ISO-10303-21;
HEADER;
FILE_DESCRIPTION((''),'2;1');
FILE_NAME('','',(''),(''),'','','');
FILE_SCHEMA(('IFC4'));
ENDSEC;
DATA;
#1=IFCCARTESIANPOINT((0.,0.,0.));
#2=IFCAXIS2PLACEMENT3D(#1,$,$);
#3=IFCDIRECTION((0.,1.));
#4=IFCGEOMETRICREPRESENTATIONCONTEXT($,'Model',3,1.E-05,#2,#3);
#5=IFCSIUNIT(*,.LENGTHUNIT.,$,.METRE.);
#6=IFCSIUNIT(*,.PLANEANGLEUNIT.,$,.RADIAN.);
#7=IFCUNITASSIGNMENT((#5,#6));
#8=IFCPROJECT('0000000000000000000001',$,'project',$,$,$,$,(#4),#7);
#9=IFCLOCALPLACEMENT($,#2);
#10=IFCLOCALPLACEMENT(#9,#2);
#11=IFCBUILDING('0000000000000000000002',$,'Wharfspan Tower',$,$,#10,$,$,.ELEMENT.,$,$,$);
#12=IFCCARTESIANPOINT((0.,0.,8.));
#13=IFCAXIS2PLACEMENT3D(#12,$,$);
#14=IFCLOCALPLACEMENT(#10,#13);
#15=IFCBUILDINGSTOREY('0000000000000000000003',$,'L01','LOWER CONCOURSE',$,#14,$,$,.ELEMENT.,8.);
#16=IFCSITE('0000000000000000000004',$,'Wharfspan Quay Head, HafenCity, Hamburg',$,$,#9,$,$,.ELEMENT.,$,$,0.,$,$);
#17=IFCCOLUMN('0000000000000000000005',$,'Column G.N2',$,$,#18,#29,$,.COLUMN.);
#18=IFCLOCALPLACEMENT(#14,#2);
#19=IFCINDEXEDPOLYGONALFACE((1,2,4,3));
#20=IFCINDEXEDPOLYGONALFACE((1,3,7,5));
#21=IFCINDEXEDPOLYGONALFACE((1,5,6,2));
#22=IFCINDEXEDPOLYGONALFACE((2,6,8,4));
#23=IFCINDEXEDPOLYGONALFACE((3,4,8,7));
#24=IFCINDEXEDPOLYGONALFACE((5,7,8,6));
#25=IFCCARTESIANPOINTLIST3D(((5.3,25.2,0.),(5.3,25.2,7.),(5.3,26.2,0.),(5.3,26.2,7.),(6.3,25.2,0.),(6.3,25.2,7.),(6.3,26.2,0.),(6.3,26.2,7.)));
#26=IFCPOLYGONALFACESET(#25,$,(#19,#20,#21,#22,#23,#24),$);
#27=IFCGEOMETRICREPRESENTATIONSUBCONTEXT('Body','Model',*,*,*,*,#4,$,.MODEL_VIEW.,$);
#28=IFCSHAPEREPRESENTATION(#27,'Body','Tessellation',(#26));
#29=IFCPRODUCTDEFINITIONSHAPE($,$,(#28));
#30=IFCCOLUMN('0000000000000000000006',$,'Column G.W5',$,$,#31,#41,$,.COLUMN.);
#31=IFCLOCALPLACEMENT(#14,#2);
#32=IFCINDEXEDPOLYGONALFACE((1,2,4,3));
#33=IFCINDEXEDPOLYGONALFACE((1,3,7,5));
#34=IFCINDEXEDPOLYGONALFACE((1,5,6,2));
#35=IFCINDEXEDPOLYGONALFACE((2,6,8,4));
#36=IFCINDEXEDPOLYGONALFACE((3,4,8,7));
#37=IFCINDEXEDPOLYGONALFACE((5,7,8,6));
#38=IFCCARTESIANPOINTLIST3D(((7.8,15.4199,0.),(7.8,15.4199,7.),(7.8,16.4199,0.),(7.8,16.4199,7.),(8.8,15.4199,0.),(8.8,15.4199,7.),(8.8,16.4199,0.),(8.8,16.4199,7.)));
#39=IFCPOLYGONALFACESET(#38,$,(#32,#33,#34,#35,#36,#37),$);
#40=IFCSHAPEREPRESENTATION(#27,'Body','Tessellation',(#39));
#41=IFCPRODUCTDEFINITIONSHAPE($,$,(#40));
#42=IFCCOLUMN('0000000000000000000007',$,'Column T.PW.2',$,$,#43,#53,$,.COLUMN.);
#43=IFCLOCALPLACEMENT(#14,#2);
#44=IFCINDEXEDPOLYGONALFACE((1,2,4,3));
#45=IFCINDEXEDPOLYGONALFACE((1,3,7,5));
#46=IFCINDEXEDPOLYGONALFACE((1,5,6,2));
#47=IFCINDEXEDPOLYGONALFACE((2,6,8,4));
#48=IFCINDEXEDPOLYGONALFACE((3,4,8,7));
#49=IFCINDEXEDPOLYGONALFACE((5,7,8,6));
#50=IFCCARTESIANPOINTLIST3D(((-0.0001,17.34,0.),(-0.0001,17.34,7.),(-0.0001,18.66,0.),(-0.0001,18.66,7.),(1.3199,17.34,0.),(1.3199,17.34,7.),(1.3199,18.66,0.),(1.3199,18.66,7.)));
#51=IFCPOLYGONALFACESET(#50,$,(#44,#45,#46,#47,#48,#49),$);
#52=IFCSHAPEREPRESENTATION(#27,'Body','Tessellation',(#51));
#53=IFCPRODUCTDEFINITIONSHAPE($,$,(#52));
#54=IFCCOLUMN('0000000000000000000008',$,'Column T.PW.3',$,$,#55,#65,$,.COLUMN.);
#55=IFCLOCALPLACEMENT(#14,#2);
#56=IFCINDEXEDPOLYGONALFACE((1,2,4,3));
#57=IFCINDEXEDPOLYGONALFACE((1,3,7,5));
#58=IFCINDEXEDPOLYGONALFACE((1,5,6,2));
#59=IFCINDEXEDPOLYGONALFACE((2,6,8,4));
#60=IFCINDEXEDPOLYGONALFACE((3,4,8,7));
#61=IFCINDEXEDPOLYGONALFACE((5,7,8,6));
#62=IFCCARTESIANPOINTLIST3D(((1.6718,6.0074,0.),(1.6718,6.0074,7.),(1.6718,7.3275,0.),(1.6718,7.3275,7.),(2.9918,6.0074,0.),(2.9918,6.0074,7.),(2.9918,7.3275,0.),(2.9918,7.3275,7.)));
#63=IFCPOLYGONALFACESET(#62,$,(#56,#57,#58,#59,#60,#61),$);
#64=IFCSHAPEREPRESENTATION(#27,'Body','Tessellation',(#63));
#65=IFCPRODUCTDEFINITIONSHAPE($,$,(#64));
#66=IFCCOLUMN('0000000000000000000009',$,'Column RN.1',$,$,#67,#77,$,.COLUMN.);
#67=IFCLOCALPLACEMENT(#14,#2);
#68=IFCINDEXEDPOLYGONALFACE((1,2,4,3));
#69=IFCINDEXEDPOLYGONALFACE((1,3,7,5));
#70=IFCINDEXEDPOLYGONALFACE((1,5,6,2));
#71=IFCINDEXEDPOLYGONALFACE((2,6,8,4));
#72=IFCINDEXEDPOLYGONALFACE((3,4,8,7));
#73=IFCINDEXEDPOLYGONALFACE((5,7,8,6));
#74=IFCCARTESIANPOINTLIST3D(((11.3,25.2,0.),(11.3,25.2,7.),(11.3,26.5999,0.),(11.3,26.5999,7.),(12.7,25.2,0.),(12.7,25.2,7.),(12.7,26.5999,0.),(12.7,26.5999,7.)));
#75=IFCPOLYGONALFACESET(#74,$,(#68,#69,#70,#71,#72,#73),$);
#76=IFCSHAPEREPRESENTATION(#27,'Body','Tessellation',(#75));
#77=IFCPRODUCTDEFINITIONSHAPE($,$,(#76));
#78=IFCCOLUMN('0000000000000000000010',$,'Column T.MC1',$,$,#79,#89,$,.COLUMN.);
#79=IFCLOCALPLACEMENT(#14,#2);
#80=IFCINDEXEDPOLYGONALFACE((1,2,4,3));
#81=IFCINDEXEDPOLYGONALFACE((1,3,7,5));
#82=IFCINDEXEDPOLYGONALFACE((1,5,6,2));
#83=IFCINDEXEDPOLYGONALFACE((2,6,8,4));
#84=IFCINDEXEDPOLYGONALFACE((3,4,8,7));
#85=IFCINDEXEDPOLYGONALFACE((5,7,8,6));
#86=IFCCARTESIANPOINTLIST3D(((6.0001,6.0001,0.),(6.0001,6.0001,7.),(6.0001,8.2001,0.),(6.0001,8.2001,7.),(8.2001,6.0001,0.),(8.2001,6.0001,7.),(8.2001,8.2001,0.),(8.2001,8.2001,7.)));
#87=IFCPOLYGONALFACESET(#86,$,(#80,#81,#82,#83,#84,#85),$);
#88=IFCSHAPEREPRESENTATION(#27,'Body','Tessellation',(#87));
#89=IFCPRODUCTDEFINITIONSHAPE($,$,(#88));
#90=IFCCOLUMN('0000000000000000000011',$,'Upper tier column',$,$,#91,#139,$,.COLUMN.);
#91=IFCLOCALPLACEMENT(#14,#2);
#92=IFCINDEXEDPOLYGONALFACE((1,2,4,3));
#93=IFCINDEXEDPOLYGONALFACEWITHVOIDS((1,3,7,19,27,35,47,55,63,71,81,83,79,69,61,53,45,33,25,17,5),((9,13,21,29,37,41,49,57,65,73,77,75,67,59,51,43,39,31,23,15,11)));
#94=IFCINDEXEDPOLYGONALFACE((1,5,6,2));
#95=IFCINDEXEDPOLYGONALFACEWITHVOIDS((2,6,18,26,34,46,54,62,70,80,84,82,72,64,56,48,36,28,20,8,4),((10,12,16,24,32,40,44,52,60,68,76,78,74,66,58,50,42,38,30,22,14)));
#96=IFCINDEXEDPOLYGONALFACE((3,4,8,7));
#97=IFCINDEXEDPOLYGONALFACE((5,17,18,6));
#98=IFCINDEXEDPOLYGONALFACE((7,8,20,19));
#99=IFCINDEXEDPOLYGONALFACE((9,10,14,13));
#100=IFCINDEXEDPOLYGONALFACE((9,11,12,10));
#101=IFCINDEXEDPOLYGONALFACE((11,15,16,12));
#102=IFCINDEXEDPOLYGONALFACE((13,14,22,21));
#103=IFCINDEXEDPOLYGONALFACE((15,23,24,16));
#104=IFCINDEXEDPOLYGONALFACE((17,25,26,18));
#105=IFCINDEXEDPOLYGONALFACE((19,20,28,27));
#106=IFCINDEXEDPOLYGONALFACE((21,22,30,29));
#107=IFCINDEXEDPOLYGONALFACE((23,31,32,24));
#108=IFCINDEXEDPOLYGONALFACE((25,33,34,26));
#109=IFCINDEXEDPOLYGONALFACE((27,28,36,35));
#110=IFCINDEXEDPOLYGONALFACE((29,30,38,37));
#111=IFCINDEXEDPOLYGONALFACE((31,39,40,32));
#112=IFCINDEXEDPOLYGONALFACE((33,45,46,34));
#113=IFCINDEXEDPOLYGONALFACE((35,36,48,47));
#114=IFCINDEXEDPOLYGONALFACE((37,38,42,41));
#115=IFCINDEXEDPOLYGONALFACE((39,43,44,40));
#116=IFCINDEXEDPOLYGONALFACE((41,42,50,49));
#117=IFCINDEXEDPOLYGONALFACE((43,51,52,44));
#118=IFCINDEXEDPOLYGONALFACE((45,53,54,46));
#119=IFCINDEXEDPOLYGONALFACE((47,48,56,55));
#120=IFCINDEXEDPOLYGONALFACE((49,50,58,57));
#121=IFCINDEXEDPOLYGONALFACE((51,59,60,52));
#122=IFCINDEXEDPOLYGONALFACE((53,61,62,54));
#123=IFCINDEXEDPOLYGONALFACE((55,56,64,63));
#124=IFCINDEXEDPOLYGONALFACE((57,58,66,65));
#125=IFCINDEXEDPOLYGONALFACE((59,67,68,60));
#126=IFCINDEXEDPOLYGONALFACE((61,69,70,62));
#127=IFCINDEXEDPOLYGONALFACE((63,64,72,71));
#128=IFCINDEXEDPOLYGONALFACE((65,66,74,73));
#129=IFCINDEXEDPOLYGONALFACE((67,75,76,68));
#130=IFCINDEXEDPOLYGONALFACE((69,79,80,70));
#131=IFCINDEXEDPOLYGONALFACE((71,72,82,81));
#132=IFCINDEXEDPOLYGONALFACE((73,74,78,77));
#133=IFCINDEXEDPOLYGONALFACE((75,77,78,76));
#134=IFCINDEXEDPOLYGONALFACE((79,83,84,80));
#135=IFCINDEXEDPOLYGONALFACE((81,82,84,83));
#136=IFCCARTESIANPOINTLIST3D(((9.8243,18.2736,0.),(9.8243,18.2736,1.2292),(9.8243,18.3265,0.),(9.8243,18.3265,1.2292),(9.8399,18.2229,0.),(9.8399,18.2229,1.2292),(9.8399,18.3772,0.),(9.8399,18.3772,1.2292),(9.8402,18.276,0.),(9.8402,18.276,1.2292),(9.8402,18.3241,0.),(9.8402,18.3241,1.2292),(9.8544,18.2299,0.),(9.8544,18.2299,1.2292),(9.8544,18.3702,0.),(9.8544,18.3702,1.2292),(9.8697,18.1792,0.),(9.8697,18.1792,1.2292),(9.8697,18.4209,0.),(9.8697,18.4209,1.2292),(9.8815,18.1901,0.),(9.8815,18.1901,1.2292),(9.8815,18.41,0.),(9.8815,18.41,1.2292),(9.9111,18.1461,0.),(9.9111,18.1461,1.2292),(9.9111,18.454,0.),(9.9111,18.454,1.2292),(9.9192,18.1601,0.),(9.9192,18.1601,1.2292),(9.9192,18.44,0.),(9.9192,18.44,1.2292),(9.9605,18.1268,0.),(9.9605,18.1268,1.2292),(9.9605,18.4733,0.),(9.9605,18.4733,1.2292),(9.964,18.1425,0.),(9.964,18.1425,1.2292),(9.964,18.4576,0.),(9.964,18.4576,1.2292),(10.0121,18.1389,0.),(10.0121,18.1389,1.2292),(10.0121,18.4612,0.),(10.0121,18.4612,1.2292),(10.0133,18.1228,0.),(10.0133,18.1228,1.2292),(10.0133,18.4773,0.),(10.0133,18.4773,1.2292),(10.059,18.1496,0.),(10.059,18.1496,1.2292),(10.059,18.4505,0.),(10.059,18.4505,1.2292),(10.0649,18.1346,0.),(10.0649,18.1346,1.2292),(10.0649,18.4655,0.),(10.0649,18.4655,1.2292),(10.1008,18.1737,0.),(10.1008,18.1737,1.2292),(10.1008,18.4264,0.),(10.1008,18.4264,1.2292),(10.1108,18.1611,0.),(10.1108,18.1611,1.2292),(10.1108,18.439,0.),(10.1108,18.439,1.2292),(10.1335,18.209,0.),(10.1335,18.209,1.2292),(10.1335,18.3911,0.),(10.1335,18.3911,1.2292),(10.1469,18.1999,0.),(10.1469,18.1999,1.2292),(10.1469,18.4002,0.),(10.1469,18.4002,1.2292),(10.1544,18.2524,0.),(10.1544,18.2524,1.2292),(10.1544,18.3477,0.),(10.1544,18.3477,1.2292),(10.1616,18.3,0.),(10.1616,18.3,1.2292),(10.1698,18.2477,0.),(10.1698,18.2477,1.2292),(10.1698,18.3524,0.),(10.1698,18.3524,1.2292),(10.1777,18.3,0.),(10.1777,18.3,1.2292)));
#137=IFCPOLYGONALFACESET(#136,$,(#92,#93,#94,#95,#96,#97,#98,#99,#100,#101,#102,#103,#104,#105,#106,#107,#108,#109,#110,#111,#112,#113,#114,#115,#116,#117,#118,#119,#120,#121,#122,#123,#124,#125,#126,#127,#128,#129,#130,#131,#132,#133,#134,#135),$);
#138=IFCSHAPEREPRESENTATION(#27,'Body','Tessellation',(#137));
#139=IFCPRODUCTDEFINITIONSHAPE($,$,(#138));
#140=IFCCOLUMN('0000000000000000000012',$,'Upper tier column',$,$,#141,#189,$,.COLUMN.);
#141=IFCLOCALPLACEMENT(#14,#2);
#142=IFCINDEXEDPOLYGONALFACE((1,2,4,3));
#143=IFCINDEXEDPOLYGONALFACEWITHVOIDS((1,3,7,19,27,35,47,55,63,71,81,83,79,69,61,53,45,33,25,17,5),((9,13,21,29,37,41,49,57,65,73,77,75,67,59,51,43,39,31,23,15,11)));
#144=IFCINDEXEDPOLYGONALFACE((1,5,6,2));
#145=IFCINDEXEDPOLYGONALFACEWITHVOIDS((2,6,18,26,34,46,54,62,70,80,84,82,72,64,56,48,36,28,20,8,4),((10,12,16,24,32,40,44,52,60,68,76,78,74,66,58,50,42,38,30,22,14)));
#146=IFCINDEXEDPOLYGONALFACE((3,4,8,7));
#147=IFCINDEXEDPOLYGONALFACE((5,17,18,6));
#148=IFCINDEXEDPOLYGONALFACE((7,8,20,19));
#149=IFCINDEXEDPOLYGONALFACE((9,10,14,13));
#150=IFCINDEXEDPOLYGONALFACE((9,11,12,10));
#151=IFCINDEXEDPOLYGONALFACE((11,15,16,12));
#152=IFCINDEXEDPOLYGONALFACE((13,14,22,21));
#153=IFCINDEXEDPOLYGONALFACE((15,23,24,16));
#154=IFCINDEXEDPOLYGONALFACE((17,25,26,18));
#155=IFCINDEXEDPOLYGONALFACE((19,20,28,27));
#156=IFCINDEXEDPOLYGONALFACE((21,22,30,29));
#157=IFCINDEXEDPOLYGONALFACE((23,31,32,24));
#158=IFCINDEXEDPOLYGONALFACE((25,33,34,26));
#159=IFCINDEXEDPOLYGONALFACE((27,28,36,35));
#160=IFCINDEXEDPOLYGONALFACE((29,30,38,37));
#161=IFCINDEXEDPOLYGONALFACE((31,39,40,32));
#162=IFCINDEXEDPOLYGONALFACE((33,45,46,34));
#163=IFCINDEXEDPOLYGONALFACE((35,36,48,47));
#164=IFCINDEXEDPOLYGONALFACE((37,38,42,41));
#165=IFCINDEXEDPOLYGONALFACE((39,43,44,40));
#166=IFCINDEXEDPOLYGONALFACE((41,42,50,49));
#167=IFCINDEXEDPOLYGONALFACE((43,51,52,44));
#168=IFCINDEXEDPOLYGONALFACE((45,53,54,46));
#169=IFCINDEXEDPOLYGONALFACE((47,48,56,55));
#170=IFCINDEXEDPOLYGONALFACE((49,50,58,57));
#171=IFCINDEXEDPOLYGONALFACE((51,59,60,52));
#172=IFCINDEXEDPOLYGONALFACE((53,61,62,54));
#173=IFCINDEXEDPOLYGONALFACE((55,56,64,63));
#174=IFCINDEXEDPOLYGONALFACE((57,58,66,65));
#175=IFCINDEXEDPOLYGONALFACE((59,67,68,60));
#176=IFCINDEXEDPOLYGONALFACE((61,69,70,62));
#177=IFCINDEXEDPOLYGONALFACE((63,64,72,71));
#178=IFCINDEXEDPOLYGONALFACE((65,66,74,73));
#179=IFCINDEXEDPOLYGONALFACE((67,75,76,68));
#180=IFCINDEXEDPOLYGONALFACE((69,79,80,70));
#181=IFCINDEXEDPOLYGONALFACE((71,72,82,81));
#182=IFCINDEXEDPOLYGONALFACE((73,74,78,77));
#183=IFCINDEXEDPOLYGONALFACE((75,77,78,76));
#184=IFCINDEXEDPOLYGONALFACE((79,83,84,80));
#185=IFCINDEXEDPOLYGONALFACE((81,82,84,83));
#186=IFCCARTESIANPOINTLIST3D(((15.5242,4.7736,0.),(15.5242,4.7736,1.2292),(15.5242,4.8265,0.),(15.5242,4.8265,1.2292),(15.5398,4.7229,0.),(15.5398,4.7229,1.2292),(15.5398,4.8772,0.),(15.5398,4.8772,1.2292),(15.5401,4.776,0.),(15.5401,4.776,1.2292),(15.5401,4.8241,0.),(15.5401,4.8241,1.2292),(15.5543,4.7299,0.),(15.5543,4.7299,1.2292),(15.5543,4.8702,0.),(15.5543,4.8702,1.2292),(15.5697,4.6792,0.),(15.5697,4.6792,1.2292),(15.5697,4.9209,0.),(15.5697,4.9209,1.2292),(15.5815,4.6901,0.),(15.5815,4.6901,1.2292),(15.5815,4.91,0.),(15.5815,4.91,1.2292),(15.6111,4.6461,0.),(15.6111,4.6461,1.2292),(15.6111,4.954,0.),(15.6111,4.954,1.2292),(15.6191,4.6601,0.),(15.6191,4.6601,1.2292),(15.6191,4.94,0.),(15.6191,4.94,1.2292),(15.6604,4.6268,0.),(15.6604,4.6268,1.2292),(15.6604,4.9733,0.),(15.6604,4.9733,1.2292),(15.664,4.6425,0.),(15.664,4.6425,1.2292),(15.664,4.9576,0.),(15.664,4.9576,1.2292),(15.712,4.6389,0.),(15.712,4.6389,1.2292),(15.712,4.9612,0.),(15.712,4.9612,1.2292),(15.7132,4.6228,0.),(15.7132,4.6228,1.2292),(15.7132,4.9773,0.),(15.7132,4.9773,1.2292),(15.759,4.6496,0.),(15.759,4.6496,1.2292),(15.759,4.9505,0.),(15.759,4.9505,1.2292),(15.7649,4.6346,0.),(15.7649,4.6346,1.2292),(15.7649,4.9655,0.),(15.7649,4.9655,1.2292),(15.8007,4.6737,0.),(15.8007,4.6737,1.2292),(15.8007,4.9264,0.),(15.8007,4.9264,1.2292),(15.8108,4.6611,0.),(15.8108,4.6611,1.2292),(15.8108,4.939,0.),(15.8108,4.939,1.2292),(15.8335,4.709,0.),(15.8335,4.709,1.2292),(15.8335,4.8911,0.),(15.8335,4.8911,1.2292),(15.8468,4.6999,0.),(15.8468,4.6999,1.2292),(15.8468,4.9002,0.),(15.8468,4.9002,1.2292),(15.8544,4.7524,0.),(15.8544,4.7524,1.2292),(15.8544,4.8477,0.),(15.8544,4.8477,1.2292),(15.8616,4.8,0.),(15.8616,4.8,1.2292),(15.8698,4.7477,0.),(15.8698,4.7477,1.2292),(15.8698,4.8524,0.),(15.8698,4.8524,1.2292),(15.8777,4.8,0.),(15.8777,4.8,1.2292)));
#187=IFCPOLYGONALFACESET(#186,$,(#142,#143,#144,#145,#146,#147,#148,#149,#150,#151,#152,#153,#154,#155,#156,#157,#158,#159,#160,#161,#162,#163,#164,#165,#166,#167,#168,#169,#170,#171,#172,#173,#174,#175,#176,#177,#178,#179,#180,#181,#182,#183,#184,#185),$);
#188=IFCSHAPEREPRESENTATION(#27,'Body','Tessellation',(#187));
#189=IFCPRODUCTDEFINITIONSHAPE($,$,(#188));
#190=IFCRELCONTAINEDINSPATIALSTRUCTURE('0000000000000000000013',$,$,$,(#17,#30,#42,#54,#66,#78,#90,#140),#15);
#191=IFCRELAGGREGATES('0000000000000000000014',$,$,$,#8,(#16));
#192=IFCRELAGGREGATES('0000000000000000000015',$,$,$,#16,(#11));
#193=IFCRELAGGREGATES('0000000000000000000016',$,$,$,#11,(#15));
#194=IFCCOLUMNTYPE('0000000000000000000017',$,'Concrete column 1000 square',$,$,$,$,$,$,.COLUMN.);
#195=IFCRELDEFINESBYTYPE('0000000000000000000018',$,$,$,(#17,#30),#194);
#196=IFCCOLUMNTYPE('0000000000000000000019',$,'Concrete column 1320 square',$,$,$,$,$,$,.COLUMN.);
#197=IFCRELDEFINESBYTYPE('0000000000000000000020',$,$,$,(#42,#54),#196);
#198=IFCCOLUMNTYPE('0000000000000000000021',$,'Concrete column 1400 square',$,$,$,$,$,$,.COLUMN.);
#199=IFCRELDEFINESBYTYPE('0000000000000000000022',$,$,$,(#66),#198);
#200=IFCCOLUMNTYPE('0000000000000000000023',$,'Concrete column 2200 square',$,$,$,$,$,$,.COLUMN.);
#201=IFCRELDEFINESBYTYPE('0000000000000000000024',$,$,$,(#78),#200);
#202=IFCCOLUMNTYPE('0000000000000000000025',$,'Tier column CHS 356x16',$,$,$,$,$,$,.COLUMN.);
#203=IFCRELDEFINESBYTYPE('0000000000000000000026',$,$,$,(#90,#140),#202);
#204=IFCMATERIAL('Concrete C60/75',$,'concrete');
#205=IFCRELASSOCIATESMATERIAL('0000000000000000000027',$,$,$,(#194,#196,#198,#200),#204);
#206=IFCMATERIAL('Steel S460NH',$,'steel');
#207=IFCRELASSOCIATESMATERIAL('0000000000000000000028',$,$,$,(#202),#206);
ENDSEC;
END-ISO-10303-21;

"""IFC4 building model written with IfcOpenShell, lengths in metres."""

from ifc_helpers import new_model, si_unit, direction, frame, origin, origin_2d, place, context, subcontext, project, spatial, rectangle, hollow_circle, extrude, material, material_profile, profile_set, type_object, element, save


model = new_model("IFC4")

# Units and contexts
model_context = context("Model", 3, precision=1e-05, world=origin(), true_north=direction((0.0, 1.0)))
body_context = subcontext(model_context, "Body", "Model", "MODEL_VIEW")
ifc_project = project(units=[si_unit("LENGTHUNIT", "METRE"), si_unit("PLANEANGLEUNIT", "RADIAN")], contexts=[model_context])

# Site, building, storey
site_placement = place(None, origin())
site = spatial("IfcSite", under=ifc_project, at=site_placement, Name="Wharfspan Quay Head, HafenCity, Hamburg", CompositionType="ELEMENT", RefElevation=0.0)
building_placement = place(site_placement, origin())
building = spatial("IfcBuilding", under=site, at=building_placement, Name="Wharfspan Tower", CompositionType="ELEMENT")
storey_placement = place(building_placement, frame((0.0, 0.0, 8.0)))
storey = spatial("IfcBuildingStorey", under=building, at=storey_placement, Name="L01", Description="LOWER CONCOURSE", CompositionType="ELEMENT", Elevation=8.0)

# Columns
ifc_material_1 = material(Name="Concrete C60/75", Category="concrete")
ifc_material_profile_1 = material_profile(ifc_material_1, rectangle(XDim=1.0, YDim=1.0, at=origin_2d()))
ifc_profile_set_1 = profile_set([ifc_material_profile_1], Name="Concrete C60/75")
column_type_1 = type_object("IfcColumnType", Name="Concrete column 1000 square", PredefinedType="COLUMN", material=ifc_profile_set_1)
for number, where, z_axis, x_axis, name in (
    (1, (5.8, 25.7, 0.0), (0.0, 0.0, 1.0), (1.0, 0.0, 0.0), "Column G.N2"),
    (2, (8.3, 15.9199, 0.0), (0.0, 0.0, 1.0), (1.0, 0.0, 0.0), "Column G.W5"),
):
    element("IfcColumn", number, at=place(storey_placement, frame(where, z_axis=z_axis, x_axis=x_axis)), inside=storey, type_object=column_type_1, Name=name, PredefinedType="COLUMN", context=body_context, shape_type="SweptSolid", body=[
        extrude(rectangle(XDim=1.0, YDim=1.0, at=origin_2d()), origin(), (0.0, 0.0, 1.0), 7.0),
    ])
ifc_material_profile_2 = material_profile(ifc_material_1, rectangle(XDim=1.3201, YDim=1.3201, at=origin_2d()))
ifc_profile_set_2 = profile_set([ifc_material_profile_2], Name="Concrete C60/75")
column_type_2 = type_object("IfcColumnType", Name="Concrete column 1320 square", PredefinedType="COLUMN", material=ifc_profile_set_2)
for number, where, z_axis, x_axis, name in (
    (3, (0.6599, 18.0, 0.0), (0.0, 0.0, 1.0), (1.0, 0.0, 0.0), "Column T.PW.2"),
    (4, (2.3318, 6.6675, 0.0), (0.0, 0.0, 1.0), (1.0, 0.0, 0.0), "Column T.PW.3"),
):
    element("IfcColumn", number, at=place(storey_placement, frame(where, z_axis=z_axis, x_axis=x_axis)), inside=storey, type_object=column_type_2, Name=name, PredefinedType="COLUMN", context=body_context, shape_type="SweptSolid", body=[
        extrude(rectangle(XDim=1.3201, YDim=1.3201, at=origin_2d()), origin(), (0.0, 0.0, 1.0), 7.0),
    ])
ifc_material_profile_3 = material_profile(ifc_material_1, rectangle(XDim=1.3999, YDim=1.3999, at=origin_2d()))
ifc_profile_set_3 = profile_set([ifc_material_profile_3], Name="Concrete C60/75")
column_type_3 = type_object("IfcColumnType", Name="Concrete column 1400 square", PredefinedType="COLUMN", material=ifc_profile_set_3)
column_1_placement = place(storey_placement, frame((12.0, 25.8999, 0.0), z_axis=(0.0, 0.0, 1.0), x_axis=(1.0, 0.0, 0.0)))
element("IfcColumn", 5, at=column_1_placement, inside=storey, type_object=column_type_3, Name="Column RN.1", PredefinedType="COLUMN", context=body_context, shape_type="SweptSolid", body=[
    extrude(rectangle(XDim=1.3999, YDim=1.3999, at=origin_2d()), origin(), (0.0, 0.0, 1.0), 7.0),
])
ifc_material_profile_4 = material_profile(ifc_material_1, rectangle(XDim=2.2, YDim=2.2, at=origin_2d()))
ifc_profile_set_4 = profile_set([ifc_material_profile_4], Name="Concrete C60/75")
column_type_4 = type_object("IfcColumnType", Name="Concrete column 2200 square", PredefinedType="COLUMN", material=ifc_profile_set_4)
column_2_placement = place(storey_placement, frame((7.1001, 7.1001, 0.0), z_axis=(0.0, 0.0, 1.0), x_axis=(1.0, 0.0, 0.0)))
element("IfcColumn", 6, at=column_2_placement, inside=storey, type_object=column_type_4, Name="Column T.MC1", PredefinedType="COLUMN", context=body_context, shape_type="SweptSolid", body=[
    extrude(rectangle(XDim=2.2, YDim=2.2, at=origin_2d()), origin(), (0.0, 0.0, 1.0), 7.0),
])
ifc_material_2 = material(Name="Steel S460NH", Category="steel")
ifc_material_profile_5 = material_profile(ifc_material_2, hollow_circle(Radius=0.1777, WallThickness=0.0161, at=origin_2d()))
ifc_profile_set_5 = profile_set([ifc_material_profile_5], Name="Steel S460NH")
column_type_5 = type_object("IfcColumnType", Name="Tier column CHS 356x16", PredefinedType="COLUMN", material=ifc_profile_set_5)
for number, where, z_axis, x_axis, name in (
    (7, (10.0, 18.3, 0.0), (0.0, 0.0, 1.0), (1.0, 0.0, 0.0), "Upper tier column"),
    (8, (15.7, 4.8, 0.0), (0.0, 0.0, 1.0), (1.0, 0.0, 0.0), "Upper tier column"),
):
    element("IfcColumn", number, at=place(storey_placement, frame(where, z_axis=z_axis, x_axis=x_axis)), inside=storey, type_object=column_type_5, Name=name, PredefinedType="COLUMN", context=body_context, shape_type="SweptSolid", body=[
        extrude(hollow_circle(Radius=0.1777, WallThickness=0.0161, at=origin_2d()), origin(), (0.0, 0.0, 1.0), 1.2292),
    ])

save(model, "model.ifc")
